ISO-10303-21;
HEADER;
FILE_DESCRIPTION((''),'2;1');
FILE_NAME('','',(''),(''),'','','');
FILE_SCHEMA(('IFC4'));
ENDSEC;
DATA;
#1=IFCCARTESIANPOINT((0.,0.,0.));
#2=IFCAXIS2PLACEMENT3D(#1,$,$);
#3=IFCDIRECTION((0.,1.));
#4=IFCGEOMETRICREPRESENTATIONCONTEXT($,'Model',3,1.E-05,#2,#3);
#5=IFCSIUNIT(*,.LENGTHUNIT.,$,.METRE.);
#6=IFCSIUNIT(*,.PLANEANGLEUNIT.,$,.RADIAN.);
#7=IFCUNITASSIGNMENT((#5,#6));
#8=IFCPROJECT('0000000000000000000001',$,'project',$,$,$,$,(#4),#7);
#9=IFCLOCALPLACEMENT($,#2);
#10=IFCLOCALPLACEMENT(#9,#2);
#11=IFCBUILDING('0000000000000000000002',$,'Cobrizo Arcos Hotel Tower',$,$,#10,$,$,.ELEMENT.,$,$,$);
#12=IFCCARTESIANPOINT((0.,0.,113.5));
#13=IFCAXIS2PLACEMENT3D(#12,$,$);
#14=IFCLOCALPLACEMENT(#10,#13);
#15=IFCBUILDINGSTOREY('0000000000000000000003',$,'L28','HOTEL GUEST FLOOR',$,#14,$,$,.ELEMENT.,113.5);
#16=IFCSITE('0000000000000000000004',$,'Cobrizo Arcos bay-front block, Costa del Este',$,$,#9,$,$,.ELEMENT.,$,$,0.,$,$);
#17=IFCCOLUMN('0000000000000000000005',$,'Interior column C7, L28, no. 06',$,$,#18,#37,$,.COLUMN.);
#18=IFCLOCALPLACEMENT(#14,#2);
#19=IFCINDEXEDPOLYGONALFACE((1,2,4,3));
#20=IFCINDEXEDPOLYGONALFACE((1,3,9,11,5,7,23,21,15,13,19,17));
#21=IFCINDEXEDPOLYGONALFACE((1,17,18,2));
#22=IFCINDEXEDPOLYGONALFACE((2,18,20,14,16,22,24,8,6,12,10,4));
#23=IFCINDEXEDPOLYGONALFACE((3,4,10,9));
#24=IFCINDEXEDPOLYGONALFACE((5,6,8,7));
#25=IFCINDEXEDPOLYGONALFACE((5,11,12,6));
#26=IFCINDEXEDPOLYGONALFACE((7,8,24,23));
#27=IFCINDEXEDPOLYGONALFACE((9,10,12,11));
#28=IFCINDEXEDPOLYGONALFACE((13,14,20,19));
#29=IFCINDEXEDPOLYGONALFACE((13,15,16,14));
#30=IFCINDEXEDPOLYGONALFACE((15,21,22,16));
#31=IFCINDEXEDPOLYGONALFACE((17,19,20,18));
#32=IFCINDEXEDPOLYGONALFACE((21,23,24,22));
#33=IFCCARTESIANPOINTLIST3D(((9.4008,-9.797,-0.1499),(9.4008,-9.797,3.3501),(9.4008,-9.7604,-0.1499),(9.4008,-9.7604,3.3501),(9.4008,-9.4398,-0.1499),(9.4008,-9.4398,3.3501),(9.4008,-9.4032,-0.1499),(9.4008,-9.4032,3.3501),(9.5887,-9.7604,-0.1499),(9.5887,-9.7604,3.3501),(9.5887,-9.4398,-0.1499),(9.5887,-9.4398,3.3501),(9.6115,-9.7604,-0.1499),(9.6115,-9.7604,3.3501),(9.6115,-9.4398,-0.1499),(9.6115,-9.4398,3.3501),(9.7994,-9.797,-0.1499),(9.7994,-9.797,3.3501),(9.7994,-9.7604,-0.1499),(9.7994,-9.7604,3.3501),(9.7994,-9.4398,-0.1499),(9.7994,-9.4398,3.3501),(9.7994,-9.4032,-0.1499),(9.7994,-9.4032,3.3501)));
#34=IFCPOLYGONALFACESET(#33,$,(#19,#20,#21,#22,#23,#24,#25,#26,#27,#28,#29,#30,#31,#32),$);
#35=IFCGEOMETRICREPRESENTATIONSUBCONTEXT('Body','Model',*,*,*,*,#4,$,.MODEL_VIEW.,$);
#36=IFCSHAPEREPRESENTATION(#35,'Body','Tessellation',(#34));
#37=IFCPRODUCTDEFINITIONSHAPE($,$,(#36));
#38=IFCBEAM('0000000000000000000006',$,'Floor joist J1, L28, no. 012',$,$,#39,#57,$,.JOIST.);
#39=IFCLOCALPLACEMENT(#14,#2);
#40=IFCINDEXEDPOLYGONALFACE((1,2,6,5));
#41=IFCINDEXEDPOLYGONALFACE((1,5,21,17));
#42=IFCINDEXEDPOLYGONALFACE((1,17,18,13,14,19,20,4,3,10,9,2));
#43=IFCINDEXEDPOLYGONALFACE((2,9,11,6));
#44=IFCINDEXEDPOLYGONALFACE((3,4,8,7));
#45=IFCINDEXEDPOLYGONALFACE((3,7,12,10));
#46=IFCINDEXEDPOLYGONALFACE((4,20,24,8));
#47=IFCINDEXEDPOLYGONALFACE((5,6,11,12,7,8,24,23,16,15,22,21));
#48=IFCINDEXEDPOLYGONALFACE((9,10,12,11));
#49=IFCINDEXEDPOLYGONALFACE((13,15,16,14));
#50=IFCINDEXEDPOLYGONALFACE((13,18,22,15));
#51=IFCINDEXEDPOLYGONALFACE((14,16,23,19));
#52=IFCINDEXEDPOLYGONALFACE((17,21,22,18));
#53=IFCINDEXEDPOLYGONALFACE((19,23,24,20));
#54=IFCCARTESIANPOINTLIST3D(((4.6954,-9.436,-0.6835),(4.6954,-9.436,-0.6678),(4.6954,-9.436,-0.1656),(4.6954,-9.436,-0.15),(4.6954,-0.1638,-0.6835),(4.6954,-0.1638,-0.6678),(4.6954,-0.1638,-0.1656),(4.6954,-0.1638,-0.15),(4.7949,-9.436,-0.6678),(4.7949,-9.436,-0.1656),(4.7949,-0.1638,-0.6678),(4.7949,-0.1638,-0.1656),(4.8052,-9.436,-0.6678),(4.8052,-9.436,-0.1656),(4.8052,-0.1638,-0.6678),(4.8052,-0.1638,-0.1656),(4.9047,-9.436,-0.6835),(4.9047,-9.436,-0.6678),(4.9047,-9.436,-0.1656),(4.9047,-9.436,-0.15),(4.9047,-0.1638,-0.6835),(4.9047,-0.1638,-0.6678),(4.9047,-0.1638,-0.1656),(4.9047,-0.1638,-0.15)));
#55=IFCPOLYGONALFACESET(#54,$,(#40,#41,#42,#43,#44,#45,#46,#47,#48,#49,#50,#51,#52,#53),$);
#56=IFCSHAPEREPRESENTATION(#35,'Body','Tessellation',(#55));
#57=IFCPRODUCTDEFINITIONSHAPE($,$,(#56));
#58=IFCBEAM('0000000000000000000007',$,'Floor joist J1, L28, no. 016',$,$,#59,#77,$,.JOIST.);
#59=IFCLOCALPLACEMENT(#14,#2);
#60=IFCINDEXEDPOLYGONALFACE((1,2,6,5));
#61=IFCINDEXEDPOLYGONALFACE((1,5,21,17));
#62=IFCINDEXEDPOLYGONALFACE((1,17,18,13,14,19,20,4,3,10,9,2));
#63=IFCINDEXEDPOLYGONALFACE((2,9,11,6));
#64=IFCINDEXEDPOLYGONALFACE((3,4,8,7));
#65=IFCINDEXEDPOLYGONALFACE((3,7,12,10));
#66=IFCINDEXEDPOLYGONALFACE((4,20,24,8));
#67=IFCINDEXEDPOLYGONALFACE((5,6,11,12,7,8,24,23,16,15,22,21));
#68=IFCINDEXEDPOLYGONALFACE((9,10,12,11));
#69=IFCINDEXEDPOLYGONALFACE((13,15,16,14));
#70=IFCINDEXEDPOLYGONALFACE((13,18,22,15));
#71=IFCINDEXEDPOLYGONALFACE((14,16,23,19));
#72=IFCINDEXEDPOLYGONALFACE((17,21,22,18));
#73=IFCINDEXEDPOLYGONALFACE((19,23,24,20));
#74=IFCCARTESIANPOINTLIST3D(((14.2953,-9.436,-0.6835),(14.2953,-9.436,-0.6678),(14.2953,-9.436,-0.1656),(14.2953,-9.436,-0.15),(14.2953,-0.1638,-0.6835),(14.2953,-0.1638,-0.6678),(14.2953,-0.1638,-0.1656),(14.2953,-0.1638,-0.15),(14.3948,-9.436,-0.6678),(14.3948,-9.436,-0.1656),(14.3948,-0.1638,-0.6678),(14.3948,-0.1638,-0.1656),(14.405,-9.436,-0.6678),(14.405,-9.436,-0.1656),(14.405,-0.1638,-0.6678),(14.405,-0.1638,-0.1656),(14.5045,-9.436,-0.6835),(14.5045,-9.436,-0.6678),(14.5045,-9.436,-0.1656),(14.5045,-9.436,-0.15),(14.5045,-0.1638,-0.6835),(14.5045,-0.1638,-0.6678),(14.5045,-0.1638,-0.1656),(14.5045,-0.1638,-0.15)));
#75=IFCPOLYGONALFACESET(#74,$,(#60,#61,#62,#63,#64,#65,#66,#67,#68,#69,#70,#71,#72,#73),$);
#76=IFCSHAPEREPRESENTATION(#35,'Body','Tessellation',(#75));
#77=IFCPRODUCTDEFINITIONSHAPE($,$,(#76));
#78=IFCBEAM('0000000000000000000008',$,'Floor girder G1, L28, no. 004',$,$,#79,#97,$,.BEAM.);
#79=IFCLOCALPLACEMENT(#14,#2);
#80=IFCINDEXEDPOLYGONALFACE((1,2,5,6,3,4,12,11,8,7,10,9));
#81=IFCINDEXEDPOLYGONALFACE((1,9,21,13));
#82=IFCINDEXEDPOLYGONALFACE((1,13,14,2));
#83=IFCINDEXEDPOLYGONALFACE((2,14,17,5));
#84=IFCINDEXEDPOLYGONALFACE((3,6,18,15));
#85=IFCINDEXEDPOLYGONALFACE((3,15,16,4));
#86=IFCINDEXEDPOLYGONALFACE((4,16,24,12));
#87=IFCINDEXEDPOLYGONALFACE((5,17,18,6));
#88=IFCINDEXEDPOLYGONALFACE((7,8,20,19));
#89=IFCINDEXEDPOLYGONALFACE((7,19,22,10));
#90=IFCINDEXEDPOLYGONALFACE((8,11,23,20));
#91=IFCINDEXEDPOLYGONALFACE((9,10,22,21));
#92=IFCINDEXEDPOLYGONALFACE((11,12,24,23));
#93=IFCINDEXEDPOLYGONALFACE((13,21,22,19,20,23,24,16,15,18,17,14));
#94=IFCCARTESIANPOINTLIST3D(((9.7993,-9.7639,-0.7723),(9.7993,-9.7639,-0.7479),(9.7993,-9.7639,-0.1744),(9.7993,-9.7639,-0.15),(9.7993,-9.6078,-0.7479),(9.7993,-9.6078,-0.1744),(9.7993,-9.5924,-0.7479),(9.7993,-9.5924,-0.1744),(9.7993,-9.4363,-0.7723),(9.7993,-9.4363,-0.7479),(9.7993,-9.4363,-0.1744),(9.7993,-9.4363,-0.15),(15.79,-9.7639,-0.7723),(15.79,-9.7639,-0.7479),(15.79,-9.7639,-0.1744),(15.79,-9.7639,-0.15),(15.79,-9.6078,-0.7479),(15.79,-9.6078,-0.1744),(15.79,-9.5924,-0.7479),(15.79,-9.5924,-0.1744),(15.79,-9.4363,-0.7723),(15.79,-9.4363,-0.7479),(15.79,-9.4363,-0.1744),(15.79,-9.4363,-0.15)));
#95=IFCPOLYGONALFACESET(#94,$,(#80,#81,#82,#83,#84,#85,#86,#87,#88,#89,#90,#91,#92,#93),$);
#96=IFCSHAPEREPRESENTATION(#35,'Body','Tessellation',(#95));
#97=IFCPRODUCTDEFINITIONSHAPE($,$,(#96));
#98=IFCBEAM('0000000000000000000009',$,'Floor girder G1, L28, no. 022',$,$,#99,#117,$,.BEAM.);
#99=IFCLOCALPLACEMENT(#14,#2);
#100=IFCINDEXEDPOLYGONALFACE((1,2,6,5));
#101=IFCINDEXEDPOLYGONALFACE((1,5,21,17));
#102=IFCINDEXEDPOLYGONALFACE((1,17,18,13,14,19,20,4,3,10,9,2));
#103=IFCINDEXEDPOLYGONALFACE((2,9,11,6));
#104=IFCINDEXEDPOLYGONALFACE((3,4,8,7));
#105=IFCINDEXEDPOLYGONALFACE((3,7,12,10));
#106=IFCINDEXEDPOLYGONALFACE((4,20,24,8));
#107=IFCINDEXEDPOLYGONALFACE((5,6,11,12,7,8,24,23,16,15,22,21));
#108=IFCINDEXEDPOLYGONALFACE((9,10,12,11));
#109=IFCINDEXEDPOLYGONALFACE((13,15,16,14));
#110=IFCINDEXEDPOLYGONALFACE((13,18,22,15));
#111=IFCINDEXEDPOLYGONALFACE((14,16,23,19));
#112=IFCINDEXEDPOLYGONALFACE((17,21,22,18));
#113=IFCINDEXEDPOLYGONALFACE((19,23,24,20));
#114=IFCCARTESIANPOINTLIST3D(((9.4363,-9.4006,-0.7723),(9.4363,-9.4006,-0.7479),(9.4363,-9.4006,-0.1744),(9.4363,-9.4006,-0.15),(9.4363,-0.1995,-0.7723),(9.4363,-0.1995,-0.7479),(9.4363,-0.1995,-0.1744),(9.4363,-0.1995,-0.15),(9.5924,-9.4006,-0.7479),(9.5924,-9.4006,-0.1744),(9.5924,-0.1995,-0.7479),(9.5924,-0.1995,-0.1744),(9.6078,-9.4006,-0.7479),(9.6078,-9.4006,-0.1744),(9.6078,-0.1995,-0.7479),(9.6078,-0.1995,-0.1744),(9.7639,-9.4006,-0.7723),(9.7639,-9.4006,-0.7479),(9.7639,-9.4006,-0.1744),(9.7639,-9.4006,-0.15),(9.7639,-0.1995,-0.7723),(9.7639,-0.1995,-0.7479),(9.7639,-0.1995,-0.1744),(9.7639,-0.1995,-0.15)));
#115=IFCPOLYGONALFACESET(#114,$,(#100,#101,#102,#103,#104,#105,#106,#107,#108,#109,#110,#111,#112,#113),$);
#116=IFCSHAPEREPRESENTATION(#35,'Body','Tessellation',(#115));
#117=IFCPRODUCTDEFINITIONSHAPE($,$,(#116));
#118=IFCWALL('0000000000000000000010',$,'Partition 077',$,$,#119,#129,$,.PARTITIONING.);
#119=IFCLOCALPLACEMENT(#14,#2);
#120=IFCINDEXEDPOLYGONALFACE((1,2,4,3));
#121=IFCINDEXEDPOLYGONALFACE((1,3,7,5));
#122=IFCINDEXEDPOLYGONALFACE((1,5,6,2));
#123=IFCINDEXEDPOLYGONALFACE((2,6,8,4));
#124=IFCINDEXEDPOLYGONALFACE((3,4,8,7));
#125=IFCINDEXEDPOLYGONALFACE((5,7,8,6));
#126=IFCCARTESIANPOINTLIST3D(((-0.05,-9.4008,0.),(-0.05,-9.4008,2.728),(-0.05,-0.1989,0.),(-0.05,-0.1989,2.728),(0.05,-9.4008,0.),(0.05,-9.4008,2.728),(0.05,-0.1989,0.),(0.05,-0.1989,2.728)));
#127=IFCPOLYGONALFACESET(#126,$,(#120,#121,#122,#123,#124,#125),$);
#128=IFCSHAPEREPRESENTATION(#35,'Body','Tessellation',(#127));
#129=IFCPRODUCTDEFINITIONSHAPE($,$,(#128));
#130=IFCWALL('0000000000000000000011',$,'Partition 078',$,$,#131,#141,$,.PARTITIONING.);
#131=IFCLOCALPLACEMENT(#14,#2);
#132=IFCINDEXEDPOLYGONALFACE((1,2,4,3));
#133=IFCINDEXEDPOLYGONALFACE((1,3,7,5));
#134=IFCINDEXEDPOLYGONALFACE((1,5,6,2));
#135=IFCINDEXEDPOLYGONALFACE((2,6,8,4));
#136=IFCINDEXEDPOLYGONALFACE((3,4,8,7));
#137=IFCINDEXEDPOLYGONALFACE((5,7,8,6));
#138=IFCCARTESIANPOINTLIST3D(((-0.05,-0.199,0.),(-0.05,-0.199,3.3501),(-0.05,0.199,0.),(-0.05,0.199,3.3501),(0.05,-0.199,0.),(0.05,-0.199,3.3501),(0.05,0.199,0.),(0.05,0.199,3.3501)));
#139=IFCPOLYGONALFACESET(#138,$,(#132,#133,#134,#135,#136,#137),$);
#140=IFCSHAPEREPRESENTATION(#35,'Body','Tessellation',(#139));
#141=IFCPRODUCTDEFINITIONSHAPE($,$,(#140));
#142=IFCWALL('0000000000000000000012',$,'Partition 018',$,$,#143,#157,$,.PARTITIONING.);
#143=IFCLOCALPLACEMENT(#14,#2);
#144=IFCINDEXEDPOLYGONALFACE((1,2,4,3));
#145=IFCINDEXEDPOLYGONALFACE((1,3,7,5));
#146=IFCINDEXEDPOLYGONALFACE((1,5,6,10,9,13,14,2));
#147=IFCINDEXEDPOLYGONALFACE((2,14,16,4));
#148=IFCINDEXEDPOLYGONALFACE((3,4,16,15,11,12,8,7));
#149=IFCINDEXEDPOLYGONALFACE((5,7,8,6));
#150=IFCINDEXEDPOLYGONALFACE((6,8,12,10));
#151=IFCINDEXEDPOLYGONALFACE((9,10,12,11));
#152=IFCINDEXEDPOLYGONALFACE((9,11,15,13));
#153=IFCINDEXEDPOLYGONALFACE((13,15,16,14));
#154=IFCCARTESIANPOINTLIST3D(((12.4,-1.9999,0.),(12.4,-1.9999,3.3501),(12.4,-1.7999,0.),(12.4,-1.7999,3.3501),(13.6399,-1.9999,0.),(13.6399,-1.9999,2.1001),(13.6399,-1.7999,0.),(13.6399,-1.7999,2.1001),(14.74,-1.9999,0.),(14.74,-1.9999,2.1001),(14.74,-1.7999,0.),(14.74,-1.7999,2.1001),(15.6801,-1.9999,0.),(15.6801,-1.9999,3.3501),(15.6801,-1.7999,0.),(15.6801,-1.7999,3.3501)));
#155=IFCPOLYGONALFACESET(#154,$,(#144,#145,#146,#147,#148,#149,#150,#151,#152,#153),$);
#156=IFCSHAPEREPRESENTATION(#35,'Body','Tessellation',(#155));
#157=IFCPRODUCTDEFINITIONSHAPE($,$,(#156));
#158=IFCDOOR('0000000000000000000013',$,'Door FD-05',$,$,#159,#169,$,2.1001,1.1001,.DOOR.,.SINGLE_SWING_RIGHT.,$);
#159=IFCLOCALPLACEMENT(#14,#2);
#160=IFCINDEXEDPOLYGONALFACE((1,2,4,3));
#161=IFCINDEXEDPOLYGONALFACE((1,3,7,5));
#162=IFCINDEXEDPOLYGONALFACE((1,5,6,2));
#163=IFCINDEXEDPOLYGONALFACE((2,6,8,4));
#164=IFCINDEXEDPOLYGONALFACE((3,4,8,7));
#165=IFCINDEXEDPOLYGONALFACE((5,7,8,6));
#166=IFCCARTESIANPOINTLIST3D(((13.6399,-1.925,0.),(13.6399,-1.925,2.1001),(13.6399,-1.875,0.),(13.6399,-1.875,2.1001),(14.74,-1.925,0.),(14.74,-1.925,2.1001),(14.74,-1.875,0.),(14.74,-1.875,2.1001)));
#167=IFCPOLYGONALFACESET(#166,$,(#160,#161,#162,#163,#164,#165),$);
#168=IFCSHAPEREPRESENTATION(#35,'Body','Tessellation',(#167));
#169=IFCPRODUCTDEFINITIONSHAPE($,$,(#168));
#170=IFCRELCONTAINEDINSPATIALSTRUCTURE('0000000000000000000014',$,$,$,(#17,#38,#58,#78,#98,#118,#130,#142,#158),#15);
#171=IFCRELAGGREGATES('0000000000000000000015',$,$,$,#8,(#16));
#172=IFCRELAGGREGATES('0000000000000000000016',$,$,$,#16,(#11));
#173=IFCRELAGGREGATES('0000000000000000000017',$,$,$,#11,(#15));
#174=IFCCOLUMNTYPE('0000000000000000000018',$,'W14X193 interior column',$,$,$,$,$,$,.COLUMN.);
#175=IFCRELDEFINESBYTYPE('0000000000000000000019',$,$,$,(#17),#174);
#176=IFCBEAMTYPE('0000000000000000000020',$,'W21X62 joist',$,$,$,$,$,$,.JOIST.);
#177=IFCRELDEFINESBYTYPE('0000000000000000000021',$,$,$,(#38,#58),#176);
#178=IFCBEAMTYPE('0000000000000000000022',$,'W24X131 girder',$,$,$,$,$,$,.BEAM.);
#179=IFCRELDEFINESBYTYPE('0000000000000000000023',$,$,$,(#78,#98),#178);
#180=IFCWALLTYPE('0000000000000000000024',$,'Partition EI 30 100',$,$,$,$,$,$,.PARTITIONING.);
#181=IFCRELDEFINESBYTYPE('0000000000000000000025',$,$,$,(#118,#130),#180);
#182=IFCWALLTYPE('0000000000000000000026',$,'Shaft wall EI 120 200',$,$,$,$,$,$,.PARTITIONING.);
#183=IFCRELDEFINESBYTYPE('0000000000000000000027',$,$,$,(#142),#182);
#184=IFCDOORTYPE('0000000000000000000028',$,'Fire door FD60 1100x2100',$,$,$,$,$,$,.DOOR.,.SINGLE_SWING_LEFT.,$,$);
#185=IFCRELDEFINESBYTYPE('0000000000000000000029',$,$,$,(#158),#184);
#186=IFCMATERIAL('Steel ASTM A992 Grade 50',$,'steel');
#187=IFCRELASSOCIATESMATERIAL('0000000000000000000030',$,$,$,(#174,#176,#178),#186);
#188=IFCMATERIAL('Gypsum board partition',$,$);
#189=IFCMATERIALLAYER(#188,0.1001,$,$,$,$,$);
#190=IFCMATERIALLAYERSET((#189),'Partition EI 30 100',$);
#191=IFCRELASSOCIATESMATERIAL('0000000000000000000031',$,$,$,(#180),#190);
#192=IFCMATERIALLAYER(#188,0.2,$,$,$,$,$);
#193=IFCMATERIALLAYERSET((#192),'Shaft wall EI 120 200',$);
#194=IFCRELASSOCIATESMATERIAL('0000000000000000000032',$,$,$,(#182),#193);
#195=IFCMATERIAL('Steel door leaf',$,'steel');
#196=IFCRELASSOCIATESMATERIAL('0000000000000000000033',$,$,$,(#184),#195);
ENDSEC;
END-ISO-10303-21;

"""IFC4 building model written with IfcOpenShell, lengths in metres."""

from ifc_helpers import new_model, si_unit, direction, frame, frame_2d, origin, origin_2d, place, context, subcontext, project, spatial, rectangle, i_section, extrude, material, layer, layer_set, material_profile, profile_set, type_object, element, fill, save


model = new_model("IFC4")

# Units and contexts
model_context = context("Model", 3, precision=1e-05, world=origin(), true_north=direction((0.0, 1.0)))
body_context = subcontext(model_context, "Body", "Model", "MODEL_VIEW")
ifc_project = project(units=[si_unit("LENGTHUNIT", "METRE"), si_unit("PLANEANGLEUNIT", "RADIAN")], contexts=[model_context])

# Site, building, storey
site_placement = place(None, origin())
site = spatial("IfcSite", under=ifc_project, at=site_placement, Name="Cobrizo Arcos bay-front block, Costa del Este", CompositionType="ELEMENT", RefElevation=0.0)
building_placement = place(site_placement, origin())
building = spatial("IfcBuilding", under=site, at=building_placement, Name="Cobrizo Arcos Hotel Tower", CompositionType="ELEMENT")
storey_placement = place(building_placement, frame((0.0, 0.0, 113.5)))
storey = spatial("IfcBuildingStorey", under=building, at=storey_placement, Name="L28", Description="HOTEL GUEST FLOOR", CompositionType="ELEMENT", Elevation=113.5)

# Column
ifc_material_1 = material(Name="Steel ASTM A992 Grade 50", Category="steel")
ifc_material_profile_1 = material_profile(ifc_material_1, i_section(OverallWidth=0.3987, OverallDepth=0.3938, WebThickness=0.0227, FlangeThickness=0.0366, at=origin_2d()), Name="W14X193")
ifc_profile_set_1 = profile_set([ifc_material_profile_1], Name="Steel ASTM A992 Grade 50")
column_type = type_object("IfcColumnType", Name="W14X193 interior column", PredefinedType="COLUMN", material=ifc_profile_set_1)
column_placement = place(storey_placement, frame((9.6001, -9.6001, -0.1499), z_axis=(0.0, 0.0, 1.0), x_axis=(1.0, 0.0, 0.0)))
element("IfcColumn", 1, at=column_placement, inside=storey, type_object=column_type, Name="Interior column C7, L28, no. 06", PredefinedType="COLUMN", context=body_context, shape_type="SweptSolid", body=[
    extrude(i_section(OverallWidth=0.3987, OverallDepth=0.3938, WebThickness=0.0227, FlangeThickness=0.0366, at=origin_2d()), origin(), (0.0, 0.0, 1.0), 3.5),
])

# Beams
ifc_material_profile_2 = material_profile(ifc_material_1, i_section(OverallWidth=0.2092, OverallDepth=0.5334, WebThickness=0.0103, FlangeThickness=0.0156, at=origin_2d()), Name="W21X62")
ifc_profile_set_2 = profile_set([ifc_material_profile_2], Name="Steel ASTM A992 Grade 50")
beam_type_1 = type_object("IfcBeamType", Name="W21X62 joist", PredefinedType="JOIST", material=ifc_profile_set_2)
for number, where, z_axis, x_axis, name in (
    (2, (4.8, -9.436, -0.4167), (0.0, 1.0, 0.0), (-1.0, 0.0, 0.0), "Floor joist J1, L28, no. 012"),
    (3, (14.3999, -9.436, -0.4167), (0.0, 1.0, 0.0), (-1.0, 0.0, 0.0), "Floor joist J1, L28, no. 016"),
):
    element("IfcBeam", number, at=place(storey_placement, frame(where, z_axis=z_axis, x_axis=x_axis)), inside=storey, type_object=beam_type_1, Name=name, PredefinedType="JOIST", context=body_context, shape_type="SweptSolid", body=[
        extrude(i_section(OverallWidth=0.2092, OverallDepth=0.5334, WebThickness=0.0103, FlangeThickness=0.0156, at=origin_2d()), origin(), (0.0, 0.0, 1.0), 9.2722),
    ])
ifc_material_profile_3 = material_profile(ifc_material_1, i_section(OverallWidth=0.3276, OverallDepth=0.6223, WebThickness=0.0154, FlangeThickness=0.0244, at=origin_2d()), Name="W24X131")
ifc_profile_set_3 = profile_set([ifc_material_profile_3], Name="Steel ASTM A992 Grade 50")
beam_type_2 = type_object("IfcBeamType", Name="W24X131 girder", PredefinedType="BEAM", material=ifc_profile_set_3)
beam_1_placement = place(storey_placement, frame((9.7993, -9.6001, -0.4612), z_axis=(1.0, 0.0, 0.0), x_axis=(0.0, 1.0, 0.0)))
element("IfcBeam", 4, at=beam_1_placement, inside=storey, type_object=beam_type_2, Name="Floor girder G1, L28, no. 004", PredefinedType="BEAM", context=body_context, shape_type="SweptSolid", body=[
    extrude(i_section(OverallWidth=0.3276, OverallDepth=0.6223, WebThickness=0.0154, FlangeThickness=0.0244, at=origin_2d()), origin(), (0.0, 0.0, 1.0), 5.9907),
])
beam_2_placement = place(storey_placement, frame((9.6001, -9.4006, -0.4612), z_axis=(0.0, 1.0, 0.0), x_axis=(-1.0, 0.0, 0.0)))
element("IfcBeam", 5, at=beam_2_placement, inside=storey, type_object=beam_type_2, Name="Floor girder G1, L28, no. 022", PredefinedType="BEAM", context=body_context, shape_type="SweptSolid", body=[
    extrude(i_section(OverallWidth=0.3276, OverallDepth=0.6223, WebThickness=0.0154, FlangeThickness=0.0244, at=origin_2d()), origin(), (0.0, 0.0, 1.0), 9.2012),
])

# Walls
ifc_material_2 = material(Name="Gypsum board partition")
ifc_layer_1 = layer(ifc_material_2, 0.1001)
ifc_layer_set_1 = layer_set([ifc_layer_1], Name="Partition EI 30 100")
wall_type_1 = type_object("IfcWallType", Name="Partition EI 30 100", PredefinedType="PARTITIONING", material=ifc_layer_set_1)
wall_1_placement = place(storey_placement, frame((0.0, -9.4009, 0.0), z_axis=(0.0, 0.0, 1.0), x_axis=(0.0, 1.0, 0.0)))
element("IfcWall", 6, at=wall_1_placement, inside=storey, type_object=wall_type_1, Name="Partition 077", PredefinedType="PARTITIONING", context=body_context, shape_type="SweptSolid", body=[
    extrude(rectangle(XDim=9.2019, YDim=0.1001, at=frame_2d((4.6011, 0.0))), origin(), (0.0, 0.0, 1.0), 2.728),
])
wall_2_placement = place(storey_placement, frame((0.0, -0.199, 0.0), z_axis=(0.0, 0.0, 1.0), x_axis=(0.0, 1.0, 0.0)))
element("IfcWall", 7, at=wall_2_placement, inside=storey, type_object=wall_type_1, Name="Partition 078", PredefinedType="PARTITIONING", context=body_context, shape_type="SweptSolid", body=[
    extrude(rectangle(XDim=0.3979, YDim=0.1001, at=frame_2d((0.199, 0.0))), origin(), (0.0, 0.0, 1.0), 3.3501),
])

# Wall, opening, door
ifc_layer_2 = layer(ifc_material_2, 0.2)
ifc_layer_set_2 = layer_set([ifc_layer_2], Name="Shaft wall EI 120 200")
wall_type_2 = type_object("IfcWallType", Name="Shaft wall EI 120 200", PredefinedType="PARTITIONING", material=ifc_layer_set_2)
wall_3_placement = place(storey_placement, frame((12.3999, -1.8999, 0.0), z_axis=(0.0, 0.0, 1.0), x_axis=(1.0, 0.0, 0.0)))
wall_3 = element("IfcWall", 8, at=wall_3_placement, inside=storey, type_object=wall_type_2, Name="Partition 018", PredefinedType="PARTITIONING", context=body_context, shape_type="SweptSolid", body=[
    extrude(rectangle(XDim=3.28, YDim=0.2, at=frame_2d((1.6401, 0.0))), origin(), (0.0, 0.0, 1.0), 3.3501),
])
opening_1_placement = place(wall_3_placement, frame((1.24, 0.0, 0.0)))
opening_1 = element("IfcOpeningElement", 9, at=opening_1_placement, cuts=wall_3, PredefinedType="OPENING", context=body_context, shape_type="SweptSolid", body=[
    extrude(rectangle(XDim=1.1001, YDim=2.1001, at=frame_2d((0.55, 1.05))), frame((0.0, 0.1121, 0.0), z_axis=(0.0, -1.0, 0.0), x_axis=(1.0, 0.0, 0.0)), (0.0, 0.0, 1.0), 0.2239),
])
ifc_material_3 = material(Name="Steel door leaf", Category="steel")
door_type_1 = type_object("IfcDoorType", Name="Fire door FD60 1100x2100", OperationType="SINGLE_SWING_LEFT", PredefinedType="DOOR", material=ifc_material_3)
door_1_placement = place(opening_1_placement, origin())
door_1 = element("IfcDoor", 10, at=door_1_placement, inside=storey, type_object=door_type_1, Name="Door FD-05", OperationType="SINGLE_SWING_RIGHT", OverallHeight=2.1001, OverallWidth=1.1001, PredefinedType="DOOR", context=body_context, shape_type="SweptSolid", body=[
    extrude(rectangle(XDim=1.1001, YDim=2.1001, at=frame_2d((0.55, 1.05))), frame((0.0, 0.0249, 0.0), z_axis=(0.0, -1.0, 0.0), x_axis=(1.0, 0.0, 0.0)), (0.0, 0.0, 1.0), 0.05),
])
fill(opening_1, door_1)

save(model, "model.ifc")
